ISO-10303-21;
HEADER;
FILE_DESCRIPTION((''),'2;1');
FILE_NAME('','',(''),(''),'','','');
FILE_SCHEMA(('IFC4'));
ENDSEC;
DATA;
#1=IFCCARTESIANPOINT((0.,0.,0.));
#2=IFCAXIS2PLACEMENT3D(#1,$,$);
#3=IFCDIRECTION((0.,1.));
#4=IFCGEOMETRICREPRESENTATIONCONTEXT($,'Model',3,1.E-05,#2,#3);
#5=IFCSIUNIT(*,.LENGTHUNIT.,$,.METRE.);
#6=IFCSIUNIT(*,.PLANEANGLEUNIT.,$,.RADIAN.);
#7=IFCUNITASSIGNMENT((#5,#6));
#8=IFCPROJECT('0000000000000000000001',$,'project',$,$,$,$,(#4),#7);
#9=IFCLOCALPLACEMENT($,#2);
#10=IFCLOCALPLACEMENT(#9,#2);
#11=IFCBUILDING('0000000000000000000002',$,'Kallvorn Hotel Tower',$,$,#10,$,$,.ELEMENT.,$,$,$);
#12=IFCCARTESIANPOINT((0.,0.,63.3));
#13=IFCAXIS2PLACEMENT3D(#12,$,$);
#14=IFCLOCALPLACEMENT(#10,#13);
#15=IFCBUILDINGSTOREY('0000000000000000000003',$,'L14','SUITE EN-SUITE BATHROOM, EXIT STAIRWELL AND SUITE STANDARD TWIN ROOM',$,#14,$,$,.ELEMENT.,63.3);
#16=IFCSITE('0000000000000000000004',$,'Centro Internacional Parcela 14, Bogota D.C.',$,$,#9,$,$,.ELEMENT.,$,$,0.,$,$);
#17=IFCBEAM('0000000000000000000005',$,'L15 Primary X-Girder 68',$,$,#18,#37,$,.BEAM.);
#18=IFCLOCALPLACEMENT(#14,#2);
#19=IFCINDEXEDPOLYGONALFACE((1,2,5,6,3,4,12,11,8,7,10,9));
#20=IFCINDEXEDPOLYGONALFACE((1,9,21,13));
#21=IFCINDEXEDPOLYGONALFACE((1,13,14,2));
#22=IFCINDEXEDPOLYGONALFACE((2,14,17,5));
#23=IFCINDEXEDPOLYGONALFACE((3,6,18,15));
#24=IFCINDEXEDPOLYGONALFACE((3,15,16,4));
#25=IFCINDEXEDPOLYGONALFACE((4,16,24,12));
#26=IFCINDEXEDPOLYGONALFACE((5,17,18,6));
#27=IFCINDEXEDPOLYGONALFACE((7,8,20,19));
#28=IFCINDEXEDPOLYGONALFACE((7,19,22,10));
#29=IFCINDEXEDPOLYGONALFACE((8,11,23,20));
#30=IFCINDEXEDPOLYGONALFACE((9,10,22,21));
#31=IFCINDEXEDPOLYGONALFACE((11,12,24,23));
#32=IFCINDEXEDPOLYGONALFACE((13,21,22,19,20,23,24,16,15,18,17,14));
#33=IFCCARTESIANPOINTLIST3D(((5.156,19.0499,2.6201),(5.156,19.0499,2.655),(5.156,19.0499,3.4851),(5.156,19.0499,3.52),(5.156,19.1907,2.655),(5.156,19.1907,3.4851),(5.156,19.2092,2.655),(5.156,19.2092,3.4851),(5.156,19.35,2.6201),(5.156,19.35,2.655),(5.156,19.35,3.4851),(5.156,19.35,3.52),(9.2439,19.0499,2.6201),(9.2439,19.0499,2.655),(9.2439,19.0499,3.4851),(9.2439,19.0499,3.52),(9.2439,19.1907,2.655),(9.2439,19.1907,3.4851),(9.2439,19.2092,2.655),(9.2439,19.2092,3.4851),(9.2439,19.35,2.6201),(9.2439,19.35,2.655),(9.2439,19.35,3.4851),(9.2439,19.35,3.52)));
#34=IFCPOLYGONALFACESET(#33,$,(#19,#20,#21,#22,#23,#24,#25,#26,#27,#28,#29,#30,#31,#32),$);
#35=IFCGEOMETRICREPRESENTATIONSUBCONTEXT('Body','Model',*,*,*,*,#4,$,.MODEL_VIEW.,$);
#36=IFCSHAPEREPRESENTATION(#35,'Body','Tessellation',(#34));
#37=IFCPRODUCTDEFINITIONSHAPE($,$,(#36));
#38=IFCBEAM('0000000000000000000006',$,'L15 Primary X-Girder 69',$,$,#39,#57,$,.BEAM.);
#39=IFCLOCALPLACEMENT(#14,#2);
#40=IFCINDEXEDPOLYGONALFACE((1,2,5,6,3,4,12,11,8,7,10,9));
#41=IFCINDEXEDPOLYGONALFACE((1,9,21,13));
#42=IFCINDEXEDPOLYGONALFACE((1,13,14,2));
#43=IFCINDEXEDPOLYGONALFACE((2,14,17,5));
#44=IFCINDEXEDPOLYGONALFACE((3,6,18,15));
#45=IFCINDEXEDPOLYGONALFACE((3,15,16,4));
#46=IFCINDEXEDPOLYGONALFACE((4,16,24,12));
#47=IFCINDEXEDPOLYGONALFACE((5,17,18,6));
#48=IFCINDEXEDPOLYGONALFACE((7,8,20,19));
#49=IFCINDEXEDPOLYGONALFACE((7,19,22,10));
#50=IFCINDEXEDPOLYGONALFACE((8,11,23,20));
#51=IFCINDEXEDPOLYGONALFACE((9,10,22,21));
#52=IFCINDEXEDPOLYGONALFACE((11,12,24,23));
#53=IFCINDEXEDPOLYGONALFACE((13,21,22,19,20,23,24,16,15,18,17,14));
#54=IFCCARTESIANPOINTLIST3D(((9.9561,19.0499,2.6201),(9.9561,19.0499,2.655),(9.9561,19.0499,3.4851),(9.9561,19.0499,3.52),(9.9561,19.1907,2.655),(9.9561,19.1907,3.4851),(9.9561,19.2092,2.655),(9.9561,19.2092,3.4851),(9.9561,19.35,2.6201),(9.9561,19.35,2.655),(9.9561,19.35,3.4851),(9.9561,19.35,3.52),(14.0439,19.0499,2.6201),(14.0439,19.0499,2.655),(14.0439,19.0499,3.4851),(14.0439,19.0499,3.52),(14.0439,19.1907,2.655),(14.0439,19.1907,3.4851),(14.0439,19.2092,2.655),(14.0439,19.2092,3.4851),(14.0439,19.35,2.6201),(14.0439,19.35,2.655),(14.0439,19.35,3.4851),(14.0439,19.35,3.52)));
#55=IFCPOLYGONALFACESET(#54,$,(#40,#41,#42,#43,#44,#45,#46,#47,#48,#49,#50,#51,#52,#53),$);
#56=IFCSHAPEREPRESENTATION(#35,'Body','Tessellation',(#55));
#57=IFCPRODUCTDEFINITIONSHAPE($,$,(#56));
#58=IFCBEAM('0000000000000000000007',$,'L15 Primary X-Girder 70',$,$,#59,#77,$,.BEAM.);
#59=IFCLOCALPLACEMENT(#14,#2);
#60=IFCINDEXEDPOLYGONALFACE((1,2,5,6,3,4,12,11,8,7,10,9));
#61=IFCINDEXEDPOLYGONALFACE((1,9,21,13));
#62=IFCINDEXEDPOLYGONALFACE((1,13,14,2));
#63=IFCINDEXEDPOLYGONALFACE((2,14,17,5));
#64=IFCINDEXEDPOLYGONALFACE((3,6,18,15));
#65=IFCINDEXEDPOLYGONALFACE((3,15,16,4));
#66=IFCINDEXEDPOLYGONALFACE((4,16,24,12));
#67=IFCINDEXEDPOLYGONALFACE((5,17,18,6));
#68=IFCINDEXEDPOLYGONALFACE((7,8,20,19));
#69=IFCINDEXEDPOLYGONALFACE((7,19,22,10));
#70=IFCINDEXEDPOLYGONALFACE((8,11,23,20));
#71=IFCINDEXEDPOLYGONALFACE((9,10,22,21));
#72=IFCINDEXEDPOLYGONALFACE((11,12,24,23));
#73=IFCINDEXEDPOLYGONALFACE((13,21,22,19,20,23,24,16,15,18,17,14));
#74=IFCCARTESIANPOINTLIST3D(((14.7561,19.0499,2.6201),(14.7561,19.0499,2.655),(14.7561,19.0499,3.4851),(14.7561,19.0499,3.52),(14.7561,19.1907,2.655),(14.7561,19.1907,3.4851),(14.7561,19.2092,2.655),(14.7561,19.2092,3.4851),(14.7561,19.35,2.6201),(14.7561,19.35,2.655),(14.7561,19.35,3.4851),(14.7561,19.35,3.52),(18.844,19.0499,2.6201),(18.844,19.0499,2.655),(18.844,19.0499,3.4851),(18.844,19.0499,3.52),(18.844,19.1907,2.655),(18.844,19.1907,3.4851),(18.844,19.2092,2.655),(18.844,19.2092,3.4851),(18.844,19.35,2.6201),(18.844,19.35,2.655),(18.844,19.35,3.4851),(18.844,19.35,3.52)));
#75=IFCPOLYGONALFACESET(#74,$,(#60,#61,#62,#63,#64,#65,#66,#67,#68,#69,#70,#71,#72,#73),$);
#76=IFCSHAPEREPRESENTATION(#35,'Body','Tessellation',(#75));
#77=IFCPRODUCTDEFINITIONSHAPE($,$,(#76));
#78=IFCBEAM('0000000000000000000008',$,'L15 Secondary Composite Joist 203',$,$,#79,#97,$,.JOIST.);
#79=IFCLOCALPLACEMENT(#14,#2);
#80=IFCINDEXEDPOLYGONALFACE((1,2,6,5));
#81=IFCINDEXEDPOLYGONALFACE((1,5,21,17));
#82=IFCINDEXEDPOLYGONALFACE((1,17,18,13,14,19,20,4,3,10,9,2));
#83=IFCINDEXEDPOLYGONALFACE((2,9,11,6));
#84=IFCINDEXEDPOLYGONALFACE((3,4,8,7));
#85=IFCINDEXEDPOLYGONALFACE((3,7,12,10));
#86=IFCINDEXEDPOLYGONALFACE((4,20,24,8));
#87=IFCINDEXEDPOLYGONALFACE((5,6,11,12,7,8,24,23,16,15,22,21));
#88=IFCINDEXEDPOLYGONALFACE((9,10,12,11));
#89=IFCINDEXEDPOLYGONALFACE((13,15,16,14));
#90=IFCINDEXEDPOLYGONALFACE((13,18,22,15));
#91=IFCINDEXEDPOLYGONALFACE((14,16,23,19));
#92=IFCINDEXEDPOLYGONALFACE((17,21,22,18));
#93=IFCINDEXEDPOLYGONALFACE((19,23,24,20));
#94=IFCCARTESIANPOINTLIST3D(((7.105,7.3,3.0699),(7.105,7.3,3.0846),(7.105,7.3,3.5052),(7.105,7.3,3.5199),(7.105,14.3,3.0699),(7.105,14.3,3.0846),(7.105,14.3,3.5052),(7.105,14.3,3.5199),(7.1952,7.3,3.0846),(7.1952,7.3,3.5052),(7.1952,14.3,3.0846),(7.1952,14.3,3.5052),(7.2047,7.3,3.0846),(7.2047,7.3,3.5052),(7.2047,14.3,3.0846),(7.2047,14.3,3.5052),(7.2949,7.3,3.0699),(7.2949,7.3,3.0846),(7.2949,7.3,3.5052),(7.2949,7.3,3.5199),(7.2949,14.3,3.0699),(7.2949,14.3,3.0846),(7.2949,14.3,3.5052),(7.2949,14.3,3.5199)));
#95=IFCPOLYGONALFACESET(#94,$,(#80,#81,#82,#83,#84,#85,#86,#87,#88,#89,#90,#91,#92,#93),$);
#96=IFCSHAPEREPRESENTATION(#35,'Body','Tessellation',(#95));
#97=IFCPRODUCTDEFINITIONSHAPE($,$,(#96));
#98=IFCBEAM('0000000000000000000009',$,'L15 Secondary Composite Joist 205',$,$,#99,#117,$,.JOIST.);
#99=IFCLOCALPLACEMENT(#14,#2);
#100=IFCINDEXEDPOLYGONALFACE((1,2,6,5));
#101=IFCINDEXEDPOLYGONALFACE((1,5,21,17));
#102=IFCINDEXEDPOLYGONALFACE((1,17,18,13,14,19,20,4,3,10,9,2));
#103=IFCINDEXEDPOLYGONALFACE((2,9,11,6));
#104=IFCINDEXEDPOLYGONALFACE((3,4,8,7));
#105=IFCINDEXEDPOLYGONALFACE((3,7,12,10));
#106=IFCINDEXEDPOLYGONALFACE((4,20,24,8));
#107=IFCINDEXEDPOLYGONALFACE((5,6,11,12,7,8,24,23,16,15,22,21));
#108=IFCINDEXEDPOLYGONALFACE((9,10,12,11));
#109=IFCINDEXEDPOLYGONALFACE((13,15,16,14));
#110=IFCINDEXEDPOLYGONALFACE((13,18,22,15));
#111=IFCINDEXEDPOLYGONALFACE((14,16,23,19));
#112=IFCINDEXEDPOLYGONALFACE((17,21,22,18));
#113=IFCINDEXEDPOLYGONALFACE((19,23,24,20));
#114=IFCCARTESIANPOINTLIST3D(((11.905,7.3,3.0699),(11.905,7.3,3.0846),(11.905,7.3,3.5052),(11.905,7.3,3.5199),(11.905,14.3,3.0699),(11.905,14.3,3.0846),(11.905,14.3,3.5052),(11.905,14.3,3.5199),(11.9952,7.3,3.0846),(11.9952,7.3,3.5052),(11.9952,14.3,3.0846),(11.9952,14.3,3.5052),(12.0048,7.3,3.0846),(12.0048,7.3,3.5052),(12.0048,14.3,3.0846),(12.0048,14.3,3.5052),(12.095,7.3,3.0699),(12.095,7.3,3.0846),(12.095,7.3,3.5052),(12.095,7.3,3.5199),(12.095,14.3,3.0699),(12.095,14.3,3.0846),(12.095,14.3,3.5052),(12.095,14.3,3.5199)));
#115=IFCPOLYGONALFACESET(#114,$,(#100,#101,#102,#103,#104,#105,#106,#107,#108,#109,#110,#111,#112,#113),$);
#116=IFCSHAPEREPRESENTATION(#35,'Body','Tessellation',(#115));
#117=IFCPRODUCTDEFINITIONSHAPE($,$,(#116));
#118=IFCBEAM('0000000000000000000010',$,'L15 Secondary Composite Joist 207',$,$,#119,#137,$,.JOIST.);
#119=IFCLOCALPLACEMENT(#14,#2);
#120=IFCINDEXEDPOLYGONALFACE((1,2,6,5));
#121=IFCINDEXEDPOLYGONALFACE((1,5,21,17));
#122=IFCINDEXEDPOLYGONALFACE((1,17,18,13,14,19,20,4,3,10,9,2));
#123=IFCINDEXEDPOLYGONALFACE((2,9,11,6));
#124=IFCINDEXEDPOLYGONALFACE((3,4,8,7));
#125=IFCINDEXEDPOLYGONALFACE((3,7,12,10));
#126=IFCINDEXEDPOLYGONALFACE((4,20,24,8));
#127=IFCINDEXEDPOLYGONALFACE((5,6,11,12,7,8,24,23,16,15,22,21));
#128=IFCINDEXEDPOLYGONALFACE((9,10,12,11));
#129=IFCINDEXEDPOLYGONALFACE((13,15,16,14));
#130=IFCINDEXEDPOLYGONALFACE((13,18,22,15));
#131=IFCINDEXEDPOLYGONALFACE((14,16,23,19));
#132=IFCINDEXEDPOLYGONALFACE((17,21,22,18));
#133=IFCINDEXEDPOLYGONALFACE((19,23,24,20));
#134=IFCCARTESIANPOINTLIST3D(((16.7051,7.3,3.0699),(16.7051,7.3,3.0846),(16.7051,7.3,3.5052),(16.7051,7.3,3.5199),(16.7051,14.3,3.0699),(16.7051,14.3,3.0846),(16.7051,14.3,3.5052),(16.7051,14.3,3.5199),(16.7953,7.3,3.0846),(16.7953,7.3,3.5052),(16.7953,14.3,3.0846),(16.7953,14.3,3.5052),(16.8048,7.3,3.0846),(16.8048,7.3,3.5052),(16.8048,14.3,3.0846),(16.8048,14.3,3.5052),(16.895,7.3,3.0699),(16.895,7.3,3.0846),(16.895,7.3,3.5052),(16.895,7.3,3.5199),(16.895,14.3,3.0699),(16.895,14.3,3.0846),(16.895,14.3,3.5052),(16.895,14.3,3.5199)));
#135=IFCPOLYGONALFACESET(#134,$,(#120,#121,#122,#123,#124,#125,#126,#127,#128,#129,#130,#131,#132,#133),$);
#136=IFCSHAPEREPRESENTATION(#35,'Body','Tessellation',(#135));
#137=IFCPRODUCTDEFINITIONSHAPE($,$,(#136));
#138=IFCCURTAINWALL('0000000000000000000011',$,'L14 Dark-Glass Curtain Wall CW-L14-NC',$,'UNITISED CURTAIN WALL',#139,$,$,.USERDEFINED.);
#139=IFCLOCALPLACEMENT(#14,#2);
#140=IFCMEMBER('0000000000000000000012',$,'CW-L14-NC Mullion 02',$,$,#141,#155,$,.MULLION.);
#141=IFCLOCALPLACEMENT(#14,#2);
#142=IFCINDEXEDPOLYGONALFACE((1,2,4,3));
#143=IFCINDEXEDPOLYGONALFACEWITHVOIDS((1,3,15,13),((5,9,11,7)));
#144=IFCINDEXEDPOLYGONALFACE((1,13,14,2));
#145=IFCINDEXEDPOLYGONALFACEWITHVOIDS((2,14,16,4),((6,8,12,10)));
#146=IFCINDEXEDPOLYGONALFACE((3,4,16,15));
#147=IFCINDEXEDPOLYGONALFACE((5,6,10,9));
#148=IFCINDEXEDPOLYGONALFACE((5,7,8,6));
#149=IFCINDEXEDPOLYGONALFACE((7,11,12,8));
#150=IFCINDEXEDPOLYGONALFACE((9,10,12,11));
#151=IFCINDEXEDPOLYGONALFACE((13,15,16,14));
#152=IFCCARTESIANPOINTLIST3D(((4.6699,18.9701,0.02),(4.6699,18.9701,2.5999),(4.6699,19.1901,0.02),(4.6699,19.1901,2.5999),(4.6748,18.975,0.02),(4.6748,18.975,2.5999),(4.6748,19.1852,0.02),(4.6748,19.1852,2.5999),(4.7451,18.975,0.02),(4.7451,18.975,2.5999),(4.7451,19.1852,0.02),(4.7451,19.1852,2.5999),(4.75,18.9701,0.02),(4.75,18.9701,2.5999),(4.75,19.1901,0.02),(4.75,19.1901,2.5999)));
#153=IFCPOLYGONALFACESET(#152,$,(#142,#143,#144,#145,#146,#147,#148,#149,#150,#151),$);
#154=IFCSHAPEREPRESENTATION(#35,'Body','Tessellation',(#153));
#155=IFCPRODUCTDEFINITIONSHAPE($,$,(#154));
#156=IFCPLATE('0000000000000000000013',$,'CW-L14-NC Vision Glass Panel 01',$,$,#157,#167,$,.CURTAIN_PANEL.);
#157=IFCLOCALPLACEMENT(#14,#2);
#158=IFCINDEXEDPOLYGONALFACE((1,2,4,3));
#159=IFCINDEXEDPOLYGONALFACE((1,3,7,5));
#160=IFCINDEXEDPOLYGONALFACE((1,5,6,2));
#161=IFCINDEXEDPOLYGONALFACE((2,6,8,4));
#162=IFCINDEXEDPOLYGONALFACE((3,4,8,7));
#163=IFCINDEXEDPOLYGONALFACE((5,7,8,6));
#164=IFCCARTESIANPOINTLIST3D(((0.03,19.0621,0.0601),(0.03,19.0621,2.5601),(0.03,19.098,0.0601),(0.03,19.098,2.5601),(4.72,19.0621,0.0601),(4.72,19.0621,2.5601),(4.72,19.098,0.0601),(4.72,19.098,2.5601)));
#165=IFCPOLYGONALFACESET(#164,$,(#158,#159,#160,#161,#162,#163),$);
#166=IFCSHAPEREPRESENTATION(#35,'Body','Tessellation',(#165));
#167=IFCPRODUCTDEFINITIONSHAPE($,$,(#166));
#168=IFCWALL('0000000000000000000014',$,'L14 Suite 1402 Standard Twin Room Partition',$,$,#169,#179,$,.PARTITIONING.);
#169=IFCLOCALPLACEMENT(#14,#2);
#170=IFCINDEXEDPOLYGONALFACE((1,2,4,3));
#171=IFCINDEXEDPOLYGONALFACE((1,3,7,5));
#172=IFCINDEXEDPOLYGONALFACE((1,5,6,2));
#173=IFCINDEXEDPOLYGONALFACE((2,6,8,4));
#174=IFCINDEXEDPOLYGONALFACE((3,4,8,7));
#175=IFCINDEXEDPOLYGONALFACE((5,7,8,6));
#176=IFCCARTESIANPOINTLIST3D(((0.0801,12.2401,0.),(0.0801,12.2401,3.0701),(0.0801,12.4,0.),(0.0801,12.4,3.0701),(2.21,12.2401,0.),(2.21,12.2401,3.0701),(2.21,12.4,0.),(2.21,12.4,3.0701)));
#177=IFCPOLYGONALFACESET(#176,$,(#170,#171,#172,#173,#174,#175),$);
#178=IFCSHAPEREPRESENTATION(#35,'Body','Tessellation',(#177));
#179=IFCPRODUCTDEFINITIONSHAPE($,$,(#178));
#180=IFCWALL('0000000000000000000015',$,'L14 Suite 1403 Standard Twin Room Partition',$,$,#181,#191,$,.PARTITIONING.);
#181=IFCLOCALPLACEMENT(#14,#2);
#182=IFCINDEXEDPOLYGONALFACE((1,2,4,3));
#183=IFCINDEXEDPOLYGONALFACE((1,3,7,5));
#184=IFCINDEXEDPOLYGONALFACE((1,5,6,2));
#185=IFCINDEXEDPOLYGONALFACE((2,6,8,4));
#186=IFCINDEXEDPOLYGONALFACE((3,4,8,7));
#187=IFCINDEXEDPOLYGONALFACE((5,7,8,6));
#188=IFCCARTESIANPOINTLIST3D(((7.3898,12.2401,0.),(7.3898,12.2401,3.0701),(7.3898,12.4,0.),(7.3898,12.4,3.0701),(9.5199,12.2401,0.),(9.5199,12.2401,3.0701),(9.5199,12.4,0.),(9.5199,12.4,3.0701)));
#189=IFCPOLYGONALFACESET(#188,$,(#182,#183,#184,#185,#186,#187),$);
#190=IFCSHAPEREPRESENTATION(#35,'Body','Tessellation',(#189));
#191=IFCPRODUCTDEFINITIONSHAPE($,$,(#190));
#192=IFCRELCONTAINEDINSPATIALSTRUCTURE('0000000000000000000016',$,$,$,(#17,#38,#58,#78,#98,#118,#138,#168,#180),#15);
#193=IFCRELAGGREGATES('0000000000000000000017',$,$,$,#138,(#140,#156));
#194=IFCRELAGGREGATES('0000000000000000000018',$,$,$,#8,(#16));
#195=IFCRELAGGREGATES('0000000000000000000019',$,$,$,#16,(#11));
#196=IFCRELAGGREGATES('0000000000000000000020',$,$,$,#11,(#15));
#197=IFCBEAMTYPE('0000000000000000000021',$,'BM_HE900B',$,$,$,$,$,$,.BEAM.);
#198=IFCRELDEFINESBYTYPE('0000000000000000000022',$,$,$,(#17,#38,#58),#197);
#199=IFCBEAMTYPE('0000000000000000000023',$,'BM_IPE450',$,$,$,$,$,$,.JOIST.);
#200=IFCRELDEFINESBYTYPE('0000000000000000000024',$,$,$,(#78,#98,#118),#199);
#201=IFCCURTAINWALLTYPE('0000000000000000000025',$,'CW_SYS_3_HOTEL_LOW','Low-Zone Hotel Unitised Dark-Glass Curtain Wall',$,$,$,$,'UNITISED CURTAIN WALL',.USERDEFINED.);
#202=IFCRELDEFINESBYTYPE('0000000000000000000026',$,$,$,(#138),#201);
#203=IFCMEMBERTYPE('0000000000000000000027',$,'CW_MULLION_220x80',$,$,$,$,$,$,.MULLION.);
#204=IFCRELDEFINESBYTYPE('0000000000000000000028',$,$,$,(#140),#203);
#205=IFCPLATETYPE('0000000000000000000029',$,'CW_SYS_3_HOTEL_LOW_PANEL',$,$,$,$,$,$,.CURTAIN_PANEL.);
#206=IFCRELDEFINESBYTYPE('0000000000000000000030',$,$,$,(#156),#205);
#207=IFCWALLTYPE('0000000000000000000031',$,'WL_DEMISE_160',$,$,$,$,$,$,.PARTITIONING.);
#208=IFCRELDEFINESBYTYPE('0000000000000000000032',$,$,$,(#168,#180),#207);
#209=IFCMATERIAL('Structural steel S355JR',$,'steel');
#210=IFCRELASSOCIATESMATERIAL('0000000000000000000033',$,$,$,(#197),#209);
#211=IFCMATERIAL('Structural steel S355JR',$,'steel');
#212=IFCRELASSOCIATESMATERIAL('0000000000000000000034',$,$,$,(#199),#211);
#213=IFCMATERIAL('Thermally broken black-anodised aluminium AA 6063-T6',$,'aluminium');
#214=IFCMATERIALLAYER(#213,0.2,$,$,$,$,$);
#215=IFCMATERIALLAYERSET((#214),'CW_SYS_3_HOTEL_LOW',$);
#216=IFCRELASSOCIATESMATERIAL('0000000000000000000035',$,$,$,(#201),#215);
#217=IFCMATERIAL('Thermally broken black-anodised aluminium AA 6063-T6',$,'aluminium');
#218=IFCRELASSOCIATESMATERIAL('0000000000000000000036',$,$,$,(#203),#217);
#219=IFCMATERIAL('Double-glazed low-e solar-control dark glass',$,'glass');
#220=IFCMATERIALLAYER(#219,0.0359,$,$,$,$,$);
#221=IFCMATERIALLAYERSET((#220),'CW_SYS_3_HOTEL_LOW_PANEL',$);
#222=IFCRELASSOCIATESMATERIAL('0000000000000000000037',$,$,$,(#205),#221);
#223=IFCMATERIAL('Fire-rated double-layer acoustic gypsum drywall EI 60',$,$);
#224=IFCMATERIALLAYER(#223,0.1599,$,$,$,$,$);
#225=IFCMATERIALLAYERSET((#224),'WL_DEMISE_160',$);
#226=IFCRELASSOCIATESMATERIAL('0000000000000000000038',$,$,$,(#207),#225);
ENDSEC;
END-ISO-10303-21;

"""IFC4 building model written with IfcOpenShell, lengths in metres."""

from ifc_helpers import new_model, si_unit, direction, frame, frame_2d, origin, origin_2d, place, context, subcontext, project, spatial, rectangle, hollow_rectangle, i_section, extrude, material, layer, layer_set, material_profile, profile_set, type_object, element, aggregate, save


model = new_model("IFC4")

# Units and contexts
model_context = context("Model", 3, precision=1e-05, world=origin(), true_north=direction((0.0, 1.0)))
body_context = subcontext(model_context, "Body", "Model", "MODEL_VIEW")
ifc_project = project(units=[si_unit("LENGTHUNIT", "METRE"), si_unit("PLANEANGLEUNIT", "RADIAN")], contexts=[model_context])

# Site, building, storey
site_placement = place(None, origin())
site = spatial("IfcSite", under=ifc_project, at=site_placement, Name="Centro Internacional Parcela 14, Bogota D.C.", CompositionType="ELEMENT", RefElevation=0.0)
building_placement = place(site_placement, origin())
building = spatial("IfcBuilding", under=site, at=building_placement, Name="Kallvorn Hotel Tower", CompositionType="ELEMENT")
storey_placement = place(building_placement, frame((0.0, 0.0, 63.3)))
storey = spatial("IfcBuildingStorey", under=building, at=storey_placement, Name="L14", Description="SUITE EN-SUITE BATHROOM, EXIT STAIRWELL AND SUITE STANDARD TWIN ROOM", CompositionType="ELEMENT", Elevation=63.3)

# Beams
ifc_material_1 = material(Name="Structural steel S355JR", Category="steel")
ifc_material_profile_1 = material_profile(ifc_material_1, i_section(OverallWidth=0.3, OverallDepth=0.8999, WebThickness=0.0186, FlangeThickness=0.0349, at=origin_2d()), Name="HE 900 B")
ifc_profile_set_1 = profile_set([ifc_material_profile_1], Name="Structural steel S355JR")
beam_type_1 = type_object("IfcBeamType", Name="BM_HE900B", PredefinedType="BEAM", material=ifc_profile_set_1)
for number, where, z_axis, x_axis, name in (
    (1, (5.156, 19.2, 3.0701), (1.0, 0.0, 0.0), (0.0, 1.0, 0.0), "L15 Primary X-Girder 68"),
    (2, (9.9561, 19.2, 3.0701), (1.0, 0.0, 0.0), (0.0, 1.0, 0.0), "L15 Primary X-Girder 69"),
    (3, (14.7561, 19.2, 3.0701), (1.0, 0.0, 0.0), (0.0, 1.0, 0.0), "L15 Primary X-Girder 70"),
):
    element("IfcBeam", number, at=place(storey_placement, frame(where, z_axis=z_axis, x_axis=x_axis)), inside=storey, type_object=beam_type_1, Name=name, PredefinedType="BEAM", context=body_context, shape_type="SweptSolid", body=[
        extrude(i_section(OverallWidth=0.3, OverallDepth=0.8999, WebThickness=0.0186, FlangeThickness=0.0349, at=origin_2d()), origin(), (0.0, 0.0, 1.0), 4.0879),
    ])
ifc_material_2 = material(Name="Structural steel S355JR", Category="steel")
ifc_material_profile_2 = material_profile(ifc_material_2, i_section(OverallWidth=0.1899, OverallDepth=0.45, WebThickness=0.0095, FlangeThickness=0.0146, at=origin_2d()), Name="IPE 450")
ifc_profile_set_2 = profile_set([ifc_material_profile_2], Name="Structural steel S355JR")
beam_type_2 = type_object("IfcBeamType", Name="BM_IPE450", PredefinedType="JOIST", material=ifc_profile_set_2)
for number, where, z_axis, x_axis, name in (
    (4, (7.2, 7.3, 3.2949), (0.0, 1.0, 0.0), (-1.0, 0.0, 0.0), "L15 Secondary Composite Joist 203"),
    (5, (12.0, 7.3, 3.2949), (0.0, 1.0, 0.0), (-1.0, 0.0, 0.0), "L15 Secondary Composite Joist 205"),
    (6, (16.8, 7.3, 3.2949), (0.0, 1.0, 0.0), (-1.0, 0.0, 0.0), "L15 Secondary Composite Joist 207"),
):
    element("IfcBeam", number, at=place(storey_placement, frame(where, z_axis=z_axis, x_axis=x_axis)), inside=storey, type_object=beam_type_2, Name=name, PredefinedType="JOIST", context=body_context, shape_type="SweptSolid", body=[
        extrude(i_section(OverallWidth=0.1899, OverallDepth=0.45, WebThickness=0.0095, FlangeThickness=0.0146, at=origin_2d()), origin(), (0.0, 0.0, 1.0), 7.0),
    ])

# Curtain wall, member, plate
ifc_material_3 = material(Name="Thermally broken black-anodised aluminium AA 6063-T6", Category="aluminium")
ifc_layer_1 = layer(ifc_material_3, 0.2)
ifc_layer_set_1 = layer_set([ifc_layer_1], Name="CW_SYS_3_HOTEL_LOW")
curtain_wall_type = type_object("IfcCurtainWallType", Name="CW_SYS_3_HOTEL_LOW", Description="Low-Zone Hotel Unitised Dark-Glass Curtain Wall", ElementType="UNITISED CURTAIN WALL", PredefinedType="USERDEFINED", material=ifc_layer_set_1)
curtain_wall_placement = place(storey_placement, origin())
curtain_wall = element("IfcCurtainWall", 7, at=curtain_wall_placement, inside=storey, type_object=curtain_wall_type, Name="L14 Dark-Glass Curtain Wall CW-L14-NC", ObjectType="UNITISED CURTAIN WALL", PredefinedType="USERDEFINED")
ifc_material_4 = material(Name="Thermally broken black-anodised aluminium AA 6063-T6", Category="aluminium")
ifc_material_profile_3 = material_profile(ifc_material_4, hollow_rectangle(XDim=0.0801, YDim=0.22, WallThickness=0.0049, at=origin_2d()), Name="MUL 220x80")
ifc_profile_set_3 = profile_set([ifc_material_profile_3], Name="Thermally broken black-anodised aluminium AA 6063-T6")
member_type = type_object("IfcMemberType", Name="CW_MULLION_220x80", PredefinedType="MULLION", material=ifc_profile_set_3)
member_placement = place(storey_placement, frame((4.71, 19.0801, 0.02), z_axis=(0.0, 0.0, 1.0), x_axis=(1.0, 0.0, 0.0)))
member = element("IfcMember", 8, at=member_placement, type_object=member_type, Name="CW-L14-NC Mullion 02", PredefinedType="MULLION", context=body_context, shape_type="SweptSolid", body=[
    extrude(hollow_rectangle(XDim=0.0801, YDim=0.22, WallThickness=0.0049, at=origin_2d()), origin(), (0.0, 0.0, 1.0), 2.5798),
])
ifc_material_5 = material(Name="Double-glazed low-e solar-control dark glass", Category="glass")
ifc_layer_2 = layer(ifc_material_5, 0.0359)
ifc_layer_set_2 = layer_set([ifc_layer_2], Name="CW_SYS_3_HOTEL_LOW_PANEL")
plate_type = type_object("IfcPlateType", Name="CW_SYS_3_HOTEL_LOW_PANEL", PredefinedType="CURTAIN_PANEL", material=ifc_layer_set_2)
plate_placement = place(storey_placement, frame((2.375, 19.0801, 0.0601), z_axis=(0.0, 0.0, 1.0), x_axis=(1.0, 0.0, 0.0)))
plate = element("IfcPlate", 9, at=plate_placement, type_object=plate_type, Name="CW-L14-NC Vision Glass Panel 01", PredefinedType="CURTAIN_PANEL", context=body_context, shape_type="SweptSolid", body=[
    extrude(rectangle(XDim=4.6899, YDim=0.0359, at=origin_2d()), origin(), (0.0, 0.0, 1.0), 2.5),
])
aggregate(curtain_wall, [member, plate])

# Walls
ifc_material_6 = material(Name="Fire-rated double-layer acoustic gypsum drywall EI 60")
ifc_layer_3 = layer(ifc_material_6, 0.1599)
ifc_layer_set_3 = layer_set([ifc_layer_3], Name="WL_DEMISE_160")
wall_type_1 = type_object("IfcWallType", Name="WL_DEMISE_160", PredefinedType="PARTITIONING", material=ifc_layer_set_3)
wall_1_placement = place(storey_placement, frame((0.0801, 12.3201, 0.0), z_axis=(0.0, 0.0, 1.0), x_axis=(1.0, 0.0, 0.0)))
element("IfcWall", 10, at=wall_1_placement, inside=storey, type_object=wall_type_1, Name="L14 Suite 1402 Standard Twin Room Partition", PredefinedType="PARTITIONING", context=body_context, shape_type="SweptSolid", body=[
    extrude(rectangle(XDim=2.1299, YDim=0.1599, at=frame_2d((1.0649, 0.0))), origin(), (0.0, 0.0, 1.0), 3.0701),
])
wall_2_placement = place(storey_placement, frame((7.3899, 12.3201, 0.0), z_axis=(0.0, 0.0, 1.0), x_axis=(1.0, 0.0, 0.0)))
element("IfcWall", 11, at=wall_2_placement, inside=storey, type_object=wall_type_1, Name="L14 Suite 1403 Standard Twin Room Partition", PredefinedType="PARTITIONING", context=body_context, shape_type="SweptSolid", body=[
    extrude(rectangle(XDim=2.1301, YDim=0.1599, at=frame_2d((1.0649, 0.0))), origin(), (0.0, 0.0, 1.0), 3.0701),
])

save(model, "model.ifc")
